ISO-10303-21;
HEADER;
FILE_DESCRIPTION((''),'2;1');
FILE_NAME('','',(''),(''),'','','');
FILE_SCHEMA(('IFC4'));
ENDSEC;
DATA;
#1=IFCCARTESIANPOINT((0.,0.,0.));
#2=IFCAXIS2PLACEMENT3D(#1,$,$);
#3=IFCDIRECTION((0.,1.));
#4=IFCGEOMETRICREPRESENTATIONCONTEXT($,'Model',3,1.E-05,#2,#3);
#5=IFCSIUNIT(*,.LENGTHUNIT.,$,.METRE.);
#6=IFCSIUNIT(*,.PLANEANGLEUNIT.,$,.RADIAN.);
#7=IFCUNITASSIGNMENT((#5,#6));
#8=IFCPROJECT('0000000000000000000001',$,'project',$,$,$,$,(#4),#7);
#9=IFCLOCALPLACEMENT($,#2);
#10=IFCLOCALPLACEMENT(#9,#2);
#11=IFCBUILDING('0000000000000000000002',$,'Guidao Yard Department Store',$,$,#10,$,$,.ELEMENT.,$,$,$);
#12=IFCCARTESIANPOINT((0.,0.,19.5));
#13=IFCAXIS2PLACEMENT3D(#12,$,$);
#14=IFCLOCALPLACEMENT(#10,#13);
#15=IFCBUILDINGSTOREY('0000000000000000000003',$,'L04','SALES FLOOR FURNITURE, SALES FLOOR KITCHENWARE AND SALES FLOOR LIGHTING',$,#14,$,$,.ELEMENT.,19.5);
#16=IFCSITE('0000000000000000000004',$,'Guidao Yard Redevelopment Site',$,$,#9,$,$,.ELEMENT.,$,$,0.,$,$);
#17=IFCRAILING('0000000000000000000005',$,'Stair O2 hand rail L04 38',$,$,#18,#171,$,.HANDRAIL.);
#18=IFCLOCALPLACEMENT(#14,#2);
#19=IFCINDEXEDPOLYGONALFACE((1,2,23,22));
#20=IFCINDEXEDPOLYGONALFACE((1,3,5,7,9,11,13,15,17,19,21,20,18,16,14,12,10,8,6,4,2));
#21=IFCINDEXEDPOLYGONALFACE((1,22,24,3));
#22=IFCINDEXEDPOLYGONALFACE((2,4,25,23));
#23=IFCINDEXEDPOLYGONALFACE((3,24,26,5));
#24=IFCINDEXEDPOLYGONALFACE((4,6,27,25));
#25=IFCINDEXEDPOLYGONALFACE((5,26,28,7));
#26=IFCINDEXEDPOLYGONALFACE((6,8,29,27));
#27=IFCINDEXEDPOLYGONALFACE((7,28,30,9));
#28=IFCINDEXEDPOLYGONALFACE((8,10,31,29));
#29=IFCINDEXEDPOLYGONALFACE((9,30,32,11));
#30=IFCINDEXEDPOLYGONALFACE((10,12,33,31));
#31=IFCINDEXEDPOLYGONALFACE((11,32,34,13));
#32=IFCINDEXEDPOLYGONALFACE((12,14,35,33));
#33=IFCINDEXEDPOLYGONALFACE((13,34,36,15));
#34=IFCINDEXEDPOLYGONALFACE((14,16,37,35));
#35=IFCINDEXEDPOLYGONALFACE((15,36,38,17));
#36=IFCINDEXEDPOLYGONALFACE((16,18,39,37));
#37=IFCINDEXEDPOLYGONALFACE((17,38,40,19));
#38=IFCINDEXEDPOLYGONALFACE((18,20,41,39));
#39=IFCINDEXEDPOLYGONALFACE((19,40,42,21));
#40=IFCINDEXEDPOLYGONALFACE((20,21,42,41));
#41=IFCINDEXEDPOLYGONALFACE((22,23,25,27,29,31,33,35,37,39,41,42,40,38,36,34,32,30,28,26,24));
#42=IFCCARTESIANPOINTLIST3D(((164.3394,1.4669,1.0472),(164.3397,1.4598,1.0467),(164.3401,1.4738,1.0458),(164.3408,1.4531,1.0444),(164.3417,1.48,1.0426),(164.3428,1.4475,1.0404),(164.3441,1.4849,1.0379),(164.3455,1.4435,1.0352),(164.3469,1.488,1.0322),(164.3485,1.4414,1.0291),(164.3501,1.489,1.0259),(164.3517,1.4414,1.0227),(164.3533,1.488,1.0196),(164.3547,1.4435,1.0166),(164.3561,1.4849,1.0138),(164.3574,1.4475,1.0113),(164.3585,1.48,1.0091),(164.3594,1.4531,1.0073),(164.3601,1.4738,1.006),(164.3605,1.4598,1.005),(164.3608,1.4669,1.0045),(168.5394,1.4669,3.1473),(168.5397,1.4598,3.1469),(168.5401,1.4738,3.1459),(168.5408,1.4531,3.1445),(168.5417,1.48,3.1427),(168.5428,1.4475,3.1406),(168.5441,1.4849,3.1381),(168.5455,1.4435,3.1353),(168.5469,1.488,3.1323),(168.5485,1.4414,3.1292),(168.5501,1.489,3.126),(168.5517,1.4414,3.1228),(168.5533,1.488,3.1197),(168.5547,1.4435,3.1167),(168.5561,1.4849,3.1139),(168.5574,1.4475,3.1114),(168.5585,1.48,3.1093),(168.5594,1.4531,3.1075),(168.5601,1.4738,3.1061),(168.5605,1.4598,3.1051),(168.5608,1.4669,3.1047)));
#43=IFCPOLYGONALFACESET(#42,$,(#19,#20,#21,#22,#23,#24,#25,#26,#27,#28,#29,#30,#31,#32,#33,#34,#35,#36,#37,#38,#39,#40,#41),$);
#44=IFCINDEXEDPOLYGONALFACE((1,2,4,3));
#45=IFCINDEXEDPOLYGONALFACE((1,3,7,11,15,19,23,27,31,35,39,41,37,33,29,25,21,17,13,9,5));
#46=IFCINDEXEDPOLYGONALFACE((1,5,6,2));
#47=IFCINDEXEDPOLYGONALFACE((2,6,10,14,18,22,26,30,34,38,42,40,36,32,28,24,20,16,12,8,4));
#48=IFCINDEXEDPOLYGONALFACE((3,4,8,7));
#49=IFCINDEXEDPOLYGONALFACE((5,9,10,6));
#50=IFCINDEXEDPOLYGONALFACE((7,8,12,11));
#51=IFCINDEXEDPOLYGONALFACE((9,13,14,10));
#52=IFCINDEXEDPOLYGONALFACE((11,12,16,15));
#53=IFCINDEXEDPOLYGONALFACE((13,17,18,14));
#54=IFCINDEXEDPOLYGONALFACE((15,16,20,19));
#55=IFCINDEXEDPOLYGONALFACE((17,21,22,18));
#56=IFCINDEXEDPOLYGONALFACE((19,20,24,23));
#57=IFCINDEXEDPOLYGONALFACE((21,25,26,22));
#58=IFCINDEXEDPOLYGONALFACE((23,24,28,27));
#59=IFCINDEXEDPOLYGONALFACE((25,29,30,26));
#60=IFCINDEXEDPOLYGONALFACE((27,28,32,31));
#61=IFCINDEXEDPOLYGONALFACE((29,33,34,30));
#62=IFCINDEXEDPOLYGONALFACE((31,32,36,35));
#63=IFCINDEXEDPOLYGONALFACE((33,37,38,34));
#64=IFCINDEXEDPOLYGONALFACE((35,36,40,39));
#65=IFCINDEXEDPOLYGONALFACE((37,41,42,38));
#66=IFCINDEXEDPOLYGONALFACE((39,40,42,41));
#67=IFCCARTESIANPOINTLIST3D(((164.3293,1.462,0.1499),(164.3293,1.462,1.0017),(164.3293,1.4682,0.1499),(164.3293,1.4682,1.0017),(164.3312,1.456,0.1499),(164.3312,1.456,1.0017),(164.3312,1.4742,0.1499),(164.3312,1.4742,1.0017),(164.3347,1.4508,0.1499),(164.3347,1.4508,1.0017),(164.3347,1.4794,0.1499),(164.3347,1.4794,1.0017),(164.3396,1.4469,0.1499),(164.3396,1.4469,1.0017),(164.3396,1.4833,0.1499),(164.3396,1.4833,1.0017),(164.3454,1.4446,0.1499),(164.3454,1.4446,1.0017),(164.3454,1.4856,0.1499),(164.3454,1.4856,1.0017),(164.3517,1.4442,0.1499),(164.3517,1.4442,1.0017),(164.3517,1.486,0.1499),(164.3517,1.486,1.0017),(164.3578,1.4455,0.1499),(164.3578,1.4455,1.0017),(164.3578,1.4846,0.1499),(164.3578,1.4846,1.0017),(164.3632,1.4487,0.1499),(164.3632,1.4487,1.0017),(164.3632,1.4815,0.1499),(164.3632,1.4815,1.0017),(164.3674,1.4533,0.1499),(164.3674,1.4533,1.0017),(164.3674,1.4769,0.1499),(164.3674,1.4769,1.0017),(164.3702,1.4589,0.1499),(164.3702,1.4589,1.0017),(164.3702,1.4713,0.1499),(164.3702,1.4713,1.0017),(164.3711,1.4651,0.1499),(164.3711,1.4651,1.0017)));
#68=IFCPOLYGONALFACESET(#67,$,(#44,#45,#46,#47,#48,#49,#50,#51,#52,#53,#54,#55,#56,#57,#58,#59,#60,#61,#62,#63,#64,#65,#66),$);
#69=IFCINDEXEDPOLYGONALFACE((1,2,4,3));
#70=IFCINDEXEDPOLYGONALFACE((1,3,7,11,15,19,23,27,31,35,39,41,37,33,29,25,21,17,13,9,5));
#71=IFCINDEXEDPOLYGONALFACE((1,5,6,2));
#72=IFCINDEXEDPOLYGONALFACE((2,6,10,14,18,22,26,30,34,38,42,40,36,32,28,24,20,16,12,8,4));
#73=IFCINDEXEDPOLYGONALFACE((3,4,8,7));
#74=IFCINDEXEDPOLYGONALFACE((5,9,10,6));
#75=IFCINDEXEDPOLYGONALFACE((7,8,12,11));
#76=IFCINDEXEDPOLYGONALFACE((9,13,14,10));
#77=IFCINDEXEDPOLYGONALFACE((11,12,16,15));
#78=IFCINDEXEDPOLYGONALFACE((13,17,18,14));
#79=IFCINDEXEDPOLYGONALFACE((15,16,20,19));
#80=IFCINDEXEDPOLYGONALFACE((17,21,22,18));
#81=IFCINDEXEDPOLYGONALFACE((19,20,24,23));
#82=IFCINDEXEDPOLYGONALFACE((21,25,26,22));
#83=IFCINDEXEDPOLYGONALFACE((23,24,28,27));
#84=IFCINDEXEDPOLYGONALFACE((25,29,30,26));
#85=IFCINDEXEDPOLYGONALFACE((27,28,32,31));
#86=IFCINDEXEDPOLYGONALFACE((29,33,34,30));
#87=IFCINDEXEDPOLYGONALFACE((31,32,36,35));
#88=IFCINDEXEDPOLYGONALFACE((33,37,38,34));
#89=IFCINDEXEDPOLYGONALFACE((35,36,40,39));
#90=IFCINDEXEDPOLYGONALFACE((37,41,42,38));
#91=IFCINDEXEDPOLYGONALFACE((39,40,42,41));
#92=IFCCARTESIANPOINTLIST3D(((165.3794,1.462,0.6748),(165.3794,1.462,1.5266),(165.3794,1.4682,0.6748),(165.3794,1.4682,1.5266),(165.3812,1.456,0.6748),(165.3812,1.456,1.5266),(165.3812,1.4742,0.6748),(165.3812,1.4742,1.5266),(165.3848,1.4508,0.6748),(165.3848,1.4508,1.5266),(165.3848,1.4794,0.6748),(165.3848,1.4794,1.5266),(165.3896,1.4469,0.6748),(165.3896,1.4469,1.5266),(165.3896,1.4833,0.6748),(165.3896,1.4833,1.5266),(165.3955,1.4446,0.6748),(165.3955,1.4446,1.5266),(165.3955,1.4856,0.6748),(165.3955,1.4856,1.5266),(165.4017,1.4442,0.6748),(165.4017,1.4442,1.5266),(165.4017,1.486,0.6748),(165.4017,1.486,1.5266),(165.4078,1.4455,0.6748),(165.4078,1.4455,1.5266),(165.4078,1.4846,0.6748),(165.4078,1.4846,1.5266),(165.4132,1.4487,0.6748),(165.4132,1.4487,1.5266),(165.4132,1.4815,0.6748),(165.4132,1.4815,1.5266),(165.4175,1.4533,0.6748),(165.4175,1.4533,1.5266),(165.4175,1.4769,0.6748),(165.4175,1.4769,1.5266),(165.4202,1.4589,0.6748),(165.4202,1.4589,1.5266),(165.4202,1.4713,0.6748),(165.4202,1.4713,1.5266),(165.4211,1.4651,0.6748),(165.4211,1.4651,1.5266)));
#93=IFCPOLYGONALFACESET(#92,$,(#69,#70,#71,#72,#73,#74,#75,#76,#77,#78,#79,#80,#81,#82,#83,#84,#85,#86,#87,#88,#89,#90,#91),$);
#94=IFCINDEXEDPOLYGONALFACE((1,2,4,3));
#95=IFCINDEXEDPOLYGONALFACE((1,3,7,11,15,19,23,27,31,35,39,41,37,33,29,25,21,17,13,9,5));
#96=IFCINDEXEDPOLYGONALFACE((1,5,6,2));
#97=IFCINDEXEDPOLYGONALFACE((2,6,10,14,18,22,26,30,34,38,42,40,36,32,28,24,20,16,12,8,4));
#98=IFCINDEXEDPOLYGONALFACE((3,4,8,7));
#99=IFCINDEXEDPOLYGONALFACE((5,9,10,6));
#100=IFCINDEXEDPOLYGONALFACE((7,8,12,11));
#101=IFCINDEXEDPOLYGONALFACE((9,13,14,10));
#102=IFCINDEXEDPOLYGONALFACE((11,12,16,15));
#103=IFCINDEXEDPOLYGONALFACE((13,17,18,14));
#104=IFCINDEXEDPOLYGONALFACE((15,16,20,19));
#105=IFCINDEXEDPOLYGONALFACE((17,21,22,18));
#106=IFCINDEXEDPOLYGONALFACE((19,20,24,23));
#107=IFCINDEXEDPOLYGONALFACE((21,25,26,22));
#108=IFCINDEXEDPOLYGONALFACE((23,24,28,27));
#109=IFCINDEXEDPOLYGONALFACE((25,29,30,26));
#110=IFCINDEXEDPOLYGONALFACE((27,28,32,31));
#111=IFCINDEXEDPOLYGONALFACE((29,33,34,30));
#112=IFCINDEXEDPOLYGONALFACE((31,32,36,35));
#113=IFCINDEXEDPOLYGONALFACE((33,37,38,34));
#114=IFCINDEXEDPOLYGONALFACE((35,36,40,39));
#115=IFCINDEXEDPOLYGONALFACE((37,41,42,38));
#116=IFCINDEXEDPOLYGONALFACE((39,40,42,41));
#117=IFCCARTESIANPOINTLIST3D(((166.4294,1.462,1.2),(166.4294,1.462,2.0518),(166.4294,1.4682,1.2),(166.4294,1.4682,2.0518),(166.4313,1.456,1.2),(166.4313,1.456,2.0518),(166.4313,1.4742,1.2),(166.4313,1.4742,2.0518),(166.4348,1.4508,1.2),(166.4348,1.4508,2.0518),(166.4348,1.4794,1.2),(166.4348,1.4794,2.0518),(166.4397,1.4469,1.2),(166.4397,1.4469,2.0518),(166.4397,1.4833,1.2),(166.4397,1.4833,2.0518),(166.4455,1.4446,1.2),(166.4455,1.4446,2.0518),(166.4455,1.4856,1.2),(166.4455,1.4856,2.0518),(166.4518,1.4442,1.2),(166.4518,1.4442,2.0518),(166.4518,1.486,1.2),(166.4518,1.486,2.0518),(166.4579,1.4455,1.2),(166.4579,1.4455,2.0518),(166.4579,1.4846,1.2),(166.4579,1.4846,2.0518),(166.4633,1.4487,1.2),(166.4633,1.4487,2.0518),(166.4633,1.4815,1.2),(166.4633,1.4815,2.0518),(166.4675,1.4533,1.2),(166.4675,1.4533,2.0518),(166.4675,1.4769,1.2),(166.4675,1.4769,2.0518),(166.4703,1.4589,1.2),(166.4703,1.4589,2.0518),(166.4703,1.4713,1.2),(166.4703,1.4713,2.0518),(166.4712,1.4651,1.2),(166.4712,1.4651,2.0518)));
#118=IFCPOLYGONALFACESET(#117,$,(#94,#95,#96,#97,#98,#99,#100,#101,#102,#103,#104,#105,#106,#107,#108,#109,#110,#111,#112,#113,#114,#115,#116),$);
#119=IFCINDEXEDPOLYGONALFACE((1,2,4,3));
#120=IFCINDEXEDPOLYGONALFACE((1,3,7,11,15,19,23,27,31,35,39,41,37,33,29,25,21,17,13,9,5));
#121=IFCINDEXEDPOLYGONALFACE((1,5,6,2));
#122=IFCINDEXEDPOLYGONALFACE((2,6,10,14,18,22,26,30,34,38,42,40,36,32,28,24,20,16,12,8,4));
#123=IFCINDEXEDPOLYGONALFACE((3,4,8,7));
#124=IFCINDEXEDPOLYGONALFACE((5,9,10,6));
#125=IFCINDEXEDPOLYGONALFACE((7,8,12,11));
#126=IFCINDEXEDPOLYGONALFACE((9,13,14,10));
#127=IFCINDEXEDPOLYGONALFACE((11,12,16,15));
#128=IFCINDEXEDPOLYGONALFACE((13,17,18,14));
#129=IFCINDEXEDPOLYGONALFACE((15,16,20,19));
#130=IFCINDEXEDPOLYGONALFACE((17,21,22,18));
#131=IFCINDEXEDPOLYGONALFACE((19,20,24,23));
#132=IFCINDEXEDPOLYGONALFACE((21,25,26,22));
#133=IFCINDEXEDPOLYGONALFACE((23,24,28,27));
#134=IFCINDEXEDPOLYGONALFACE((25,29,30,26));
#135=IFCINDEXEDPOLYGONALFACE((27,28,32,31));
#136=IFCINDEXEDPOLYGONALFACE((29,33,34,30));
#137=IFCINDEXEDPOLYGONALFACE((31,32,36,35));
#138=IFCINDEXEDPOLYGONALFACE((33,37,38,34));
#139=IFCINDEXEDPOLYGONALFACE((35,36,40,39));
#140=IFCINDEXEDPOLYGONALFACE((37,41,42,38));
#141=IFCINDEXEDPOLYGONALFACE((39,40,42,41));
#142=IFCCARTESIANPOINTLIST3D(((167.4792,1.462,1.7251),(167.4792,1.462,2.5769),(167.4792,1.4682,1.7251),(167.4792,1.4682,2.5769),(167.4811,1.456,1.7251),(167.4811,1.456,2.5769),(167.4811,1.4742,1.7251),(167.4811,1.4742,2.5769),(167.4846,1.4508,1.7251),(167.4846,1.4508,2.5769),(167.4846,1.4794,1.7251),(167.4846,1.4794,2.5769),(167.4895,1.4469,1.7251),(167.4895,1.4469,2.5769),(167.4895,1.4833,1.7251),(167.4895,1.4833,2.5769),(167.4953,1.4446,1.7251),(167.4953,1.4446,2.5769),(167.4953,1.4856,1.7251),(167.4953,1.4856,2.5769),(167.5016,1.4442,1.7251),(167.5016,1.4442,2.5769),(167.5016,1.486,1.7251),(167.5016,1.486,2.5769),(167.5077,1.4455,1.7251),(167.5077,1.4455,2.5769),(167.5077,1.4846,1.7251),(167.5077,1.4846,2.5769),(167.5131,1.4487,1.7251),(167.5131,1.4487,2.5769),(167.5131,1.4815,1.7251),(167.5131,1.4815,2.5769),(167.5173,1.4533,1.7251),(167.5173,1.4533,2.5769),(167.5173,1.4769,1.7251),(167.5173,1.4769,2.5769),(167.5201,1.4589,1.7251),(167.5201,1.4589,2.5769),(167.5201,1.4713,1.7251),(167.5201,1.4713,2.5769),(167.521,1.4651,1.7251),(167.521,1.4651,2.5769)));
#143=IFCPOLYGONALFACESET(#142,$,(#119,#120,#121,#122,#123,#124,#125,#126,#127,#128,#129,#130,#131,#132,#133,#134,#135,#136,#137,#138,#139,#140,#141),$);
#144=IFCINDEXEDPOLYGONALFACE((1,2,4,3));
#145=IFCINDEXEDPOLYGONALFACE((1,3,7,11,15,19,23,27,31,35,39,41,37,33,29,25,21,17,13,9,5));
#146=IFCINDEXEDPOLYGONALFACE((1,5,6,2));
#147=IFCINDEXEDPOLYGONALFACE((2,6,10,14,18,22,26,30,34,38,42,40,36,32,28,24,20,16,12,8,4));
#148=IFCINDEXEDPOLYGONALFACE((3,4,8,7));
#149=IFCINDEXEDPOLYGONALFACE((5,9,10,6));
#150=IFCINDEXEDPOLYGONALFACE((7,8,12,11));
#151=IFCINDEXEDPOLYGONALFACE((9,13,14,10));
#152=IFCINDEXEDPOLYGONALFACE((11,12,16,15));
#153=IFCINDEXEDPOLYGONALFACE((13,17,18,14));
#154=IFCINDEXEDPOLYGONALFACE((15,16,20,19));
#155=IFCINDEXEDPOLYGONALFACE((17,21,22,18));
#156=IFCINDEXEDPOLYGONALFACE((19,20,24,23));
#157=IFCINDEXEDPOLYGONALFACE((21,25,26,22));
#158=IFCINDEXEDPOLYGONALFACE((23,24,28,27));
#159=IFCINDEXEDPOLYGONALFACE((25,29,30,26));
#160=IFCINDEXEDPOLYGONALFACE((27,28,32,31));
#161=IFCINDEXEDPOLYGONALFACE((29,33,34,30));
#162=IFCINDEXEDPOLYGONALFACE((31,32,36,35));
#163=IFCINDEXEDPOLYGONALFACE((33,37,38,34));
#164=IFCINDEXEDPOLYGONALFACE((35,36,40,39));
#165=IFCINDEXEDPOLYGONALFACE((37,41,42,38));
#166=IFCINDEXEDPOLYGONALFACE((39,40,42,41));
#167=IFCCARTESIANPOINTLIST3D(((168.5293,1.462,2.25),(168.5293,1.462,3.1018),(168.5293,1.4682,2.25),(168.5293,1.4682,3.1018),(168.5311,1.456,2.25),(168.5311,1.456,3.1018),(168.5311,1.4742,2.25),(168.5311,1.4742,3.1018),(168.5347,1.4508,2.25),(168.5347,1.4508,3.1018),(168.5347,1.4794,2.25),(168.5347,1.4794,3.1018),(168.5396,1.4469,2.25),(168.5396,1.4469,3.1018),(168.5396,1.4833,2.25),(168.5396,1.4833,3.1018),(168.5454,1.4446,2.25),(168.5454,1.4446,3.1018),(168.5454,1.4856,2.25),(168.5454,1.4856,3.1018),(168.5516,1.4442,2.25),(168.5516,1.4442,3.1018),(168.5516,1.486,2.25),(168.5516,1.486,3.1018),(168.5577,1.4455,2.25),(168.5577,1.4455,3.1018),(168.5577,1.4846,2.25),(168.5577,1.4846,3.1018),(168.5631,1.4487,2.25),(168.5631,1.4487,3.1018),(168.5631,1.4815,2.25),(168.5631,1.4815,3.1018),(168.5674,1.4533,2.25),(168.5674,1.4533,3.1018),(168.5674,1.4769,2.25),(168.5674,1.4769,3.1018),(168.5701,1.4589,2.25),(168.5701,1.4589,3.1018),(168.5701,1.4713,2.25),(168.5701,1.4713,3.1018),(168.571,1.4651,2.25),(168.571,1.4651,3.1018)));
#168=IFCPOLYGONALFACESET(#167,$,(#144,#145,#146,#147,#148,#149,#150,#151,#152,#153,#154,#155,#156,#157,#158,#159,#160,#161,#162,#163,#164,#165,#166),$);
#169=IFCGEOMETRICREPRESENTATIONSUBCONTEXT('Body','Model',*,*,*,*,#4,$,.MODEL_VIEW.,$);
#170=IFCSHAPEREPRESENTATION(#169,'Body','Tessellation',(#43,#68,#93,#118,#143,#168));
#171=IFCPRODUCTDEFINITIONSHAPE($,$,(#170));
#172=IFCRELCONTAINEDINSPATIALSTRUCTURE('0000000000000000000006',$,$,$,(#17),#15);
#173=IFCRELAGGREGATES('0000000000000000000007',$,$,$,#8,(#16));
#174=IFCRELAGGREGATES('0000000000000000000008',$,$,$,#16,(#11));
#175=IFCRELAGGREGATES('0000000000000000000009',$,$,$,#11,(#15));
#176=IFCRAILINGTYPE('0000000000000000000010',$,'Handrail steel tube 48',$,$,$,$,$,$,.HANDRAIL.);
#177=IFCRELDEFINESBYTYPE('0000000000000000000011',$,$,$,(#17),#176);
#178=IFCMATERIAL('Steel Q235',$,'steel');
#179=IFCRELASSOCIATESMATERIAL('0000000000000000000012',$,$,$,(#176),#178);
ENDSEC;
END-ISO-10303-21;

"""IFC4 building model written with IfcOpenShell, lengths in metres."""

from ifc_helpers import new_model, si_unit, direction, frame, origin, origin_2d, place, context, subcontext, project, spatial, circle, extrude, material, type_object, element, save


model = new_model("IFC4")

# Units and contexts
model_context = context("Model", 3, precision=1e-05, world=origin(), true_north=direction((0.0, 1.0)))
body_context = subcontext(model_context, "Body", "Model", "MODEL_VIEW")
ifc_project = project(units=[si_unit("LENGTHUNIT", "METRE"), si_unit("PLANEANGLEUNIT", "RADIAN")], contexts=[model_context])

# Site, building, storey
site_placement = place(None, origin())
site = spatial("IfcSite", under=ifc_project, at=site_placement, Name="Guidao Yard Redevelopment Site", CompositionType="ELEMENT", RefElevation=0.0)
building_placement = place(site_placement, origin())
building = spatial("IfcBuilding", under=site, at=building_placement, Name="Guidao Yard Department Store", CompositionType="ELEMENT")
storey_placement = place(building_placement, frame((0.0, 0.0, 19.5)))
storey = spatial("IfcBuildingStorey", under=building, at=storey_placement, Name="L04", Description="SALES FLOOR FURNITURE, SALES FLOOR KITCHENWARE AND SALES FLOOR LIGHTING", CompositionType="ELEMENT", Elevation=19.5)

# Railing
ifc_material_1 = material(Name="Steel Q235", Category="steel")
railing_type_1 = type_object("IfcRailingType", Name="Handrail steel tube 48", PredefinedType="HANDRAIL", material=ifc_material_1)
for number, where, name in (
    (1, (164.3501, 1.4651, 0.1499), "Stair O2 hand rail L04 38"),
):
    element("IfcRailing", number, at=place(storey_placement, frame(where)), inside=storey, type_object=railing_type_1, Name=name, PredefinedType="HANDRAIL", context=body_context, shape_type="SweptSolid", body=[
        extrude(circle(Radius=0.0239, at=origin_2d()), frame((0.0, 0.0, 0.876), z_axis=(0.894417, 0.0, 0.447234), x_axis=(0.0, 1.0, 0.0)), (0.0, 0.0, 1.0), 4.6958),
        extrude(circle(Radius=0.021, at=origin_2d()), origin(), (0.0, 0.0, 1.0), 0.8518),
        extrude(circle(Radius=0.021, at=origin_2d()), frame((1.05, 0.0, 0.5249)), (0.0, 0.0, 1.0), 0.8518),
        extrude(circle(Radius=0.021, at=origin_2d()), frame((2.1001, 0.0, 1.05)), (0.0, 0.0, 1.0), 0.8518),
        extrude(circle(Radius=0.021, at=origin_2d()), frame((3.1499, 0.0, 1.5752)), (0.0, 0.0, 1.0), 0.8518),
        extrude(circle(Radius=0.021, at=origin_2d()), frame((4.2, 0.0, 2.1001)), (0.0, 0.0, 1.0), 0.8518),
    ])

save(model, "model.ifc")
